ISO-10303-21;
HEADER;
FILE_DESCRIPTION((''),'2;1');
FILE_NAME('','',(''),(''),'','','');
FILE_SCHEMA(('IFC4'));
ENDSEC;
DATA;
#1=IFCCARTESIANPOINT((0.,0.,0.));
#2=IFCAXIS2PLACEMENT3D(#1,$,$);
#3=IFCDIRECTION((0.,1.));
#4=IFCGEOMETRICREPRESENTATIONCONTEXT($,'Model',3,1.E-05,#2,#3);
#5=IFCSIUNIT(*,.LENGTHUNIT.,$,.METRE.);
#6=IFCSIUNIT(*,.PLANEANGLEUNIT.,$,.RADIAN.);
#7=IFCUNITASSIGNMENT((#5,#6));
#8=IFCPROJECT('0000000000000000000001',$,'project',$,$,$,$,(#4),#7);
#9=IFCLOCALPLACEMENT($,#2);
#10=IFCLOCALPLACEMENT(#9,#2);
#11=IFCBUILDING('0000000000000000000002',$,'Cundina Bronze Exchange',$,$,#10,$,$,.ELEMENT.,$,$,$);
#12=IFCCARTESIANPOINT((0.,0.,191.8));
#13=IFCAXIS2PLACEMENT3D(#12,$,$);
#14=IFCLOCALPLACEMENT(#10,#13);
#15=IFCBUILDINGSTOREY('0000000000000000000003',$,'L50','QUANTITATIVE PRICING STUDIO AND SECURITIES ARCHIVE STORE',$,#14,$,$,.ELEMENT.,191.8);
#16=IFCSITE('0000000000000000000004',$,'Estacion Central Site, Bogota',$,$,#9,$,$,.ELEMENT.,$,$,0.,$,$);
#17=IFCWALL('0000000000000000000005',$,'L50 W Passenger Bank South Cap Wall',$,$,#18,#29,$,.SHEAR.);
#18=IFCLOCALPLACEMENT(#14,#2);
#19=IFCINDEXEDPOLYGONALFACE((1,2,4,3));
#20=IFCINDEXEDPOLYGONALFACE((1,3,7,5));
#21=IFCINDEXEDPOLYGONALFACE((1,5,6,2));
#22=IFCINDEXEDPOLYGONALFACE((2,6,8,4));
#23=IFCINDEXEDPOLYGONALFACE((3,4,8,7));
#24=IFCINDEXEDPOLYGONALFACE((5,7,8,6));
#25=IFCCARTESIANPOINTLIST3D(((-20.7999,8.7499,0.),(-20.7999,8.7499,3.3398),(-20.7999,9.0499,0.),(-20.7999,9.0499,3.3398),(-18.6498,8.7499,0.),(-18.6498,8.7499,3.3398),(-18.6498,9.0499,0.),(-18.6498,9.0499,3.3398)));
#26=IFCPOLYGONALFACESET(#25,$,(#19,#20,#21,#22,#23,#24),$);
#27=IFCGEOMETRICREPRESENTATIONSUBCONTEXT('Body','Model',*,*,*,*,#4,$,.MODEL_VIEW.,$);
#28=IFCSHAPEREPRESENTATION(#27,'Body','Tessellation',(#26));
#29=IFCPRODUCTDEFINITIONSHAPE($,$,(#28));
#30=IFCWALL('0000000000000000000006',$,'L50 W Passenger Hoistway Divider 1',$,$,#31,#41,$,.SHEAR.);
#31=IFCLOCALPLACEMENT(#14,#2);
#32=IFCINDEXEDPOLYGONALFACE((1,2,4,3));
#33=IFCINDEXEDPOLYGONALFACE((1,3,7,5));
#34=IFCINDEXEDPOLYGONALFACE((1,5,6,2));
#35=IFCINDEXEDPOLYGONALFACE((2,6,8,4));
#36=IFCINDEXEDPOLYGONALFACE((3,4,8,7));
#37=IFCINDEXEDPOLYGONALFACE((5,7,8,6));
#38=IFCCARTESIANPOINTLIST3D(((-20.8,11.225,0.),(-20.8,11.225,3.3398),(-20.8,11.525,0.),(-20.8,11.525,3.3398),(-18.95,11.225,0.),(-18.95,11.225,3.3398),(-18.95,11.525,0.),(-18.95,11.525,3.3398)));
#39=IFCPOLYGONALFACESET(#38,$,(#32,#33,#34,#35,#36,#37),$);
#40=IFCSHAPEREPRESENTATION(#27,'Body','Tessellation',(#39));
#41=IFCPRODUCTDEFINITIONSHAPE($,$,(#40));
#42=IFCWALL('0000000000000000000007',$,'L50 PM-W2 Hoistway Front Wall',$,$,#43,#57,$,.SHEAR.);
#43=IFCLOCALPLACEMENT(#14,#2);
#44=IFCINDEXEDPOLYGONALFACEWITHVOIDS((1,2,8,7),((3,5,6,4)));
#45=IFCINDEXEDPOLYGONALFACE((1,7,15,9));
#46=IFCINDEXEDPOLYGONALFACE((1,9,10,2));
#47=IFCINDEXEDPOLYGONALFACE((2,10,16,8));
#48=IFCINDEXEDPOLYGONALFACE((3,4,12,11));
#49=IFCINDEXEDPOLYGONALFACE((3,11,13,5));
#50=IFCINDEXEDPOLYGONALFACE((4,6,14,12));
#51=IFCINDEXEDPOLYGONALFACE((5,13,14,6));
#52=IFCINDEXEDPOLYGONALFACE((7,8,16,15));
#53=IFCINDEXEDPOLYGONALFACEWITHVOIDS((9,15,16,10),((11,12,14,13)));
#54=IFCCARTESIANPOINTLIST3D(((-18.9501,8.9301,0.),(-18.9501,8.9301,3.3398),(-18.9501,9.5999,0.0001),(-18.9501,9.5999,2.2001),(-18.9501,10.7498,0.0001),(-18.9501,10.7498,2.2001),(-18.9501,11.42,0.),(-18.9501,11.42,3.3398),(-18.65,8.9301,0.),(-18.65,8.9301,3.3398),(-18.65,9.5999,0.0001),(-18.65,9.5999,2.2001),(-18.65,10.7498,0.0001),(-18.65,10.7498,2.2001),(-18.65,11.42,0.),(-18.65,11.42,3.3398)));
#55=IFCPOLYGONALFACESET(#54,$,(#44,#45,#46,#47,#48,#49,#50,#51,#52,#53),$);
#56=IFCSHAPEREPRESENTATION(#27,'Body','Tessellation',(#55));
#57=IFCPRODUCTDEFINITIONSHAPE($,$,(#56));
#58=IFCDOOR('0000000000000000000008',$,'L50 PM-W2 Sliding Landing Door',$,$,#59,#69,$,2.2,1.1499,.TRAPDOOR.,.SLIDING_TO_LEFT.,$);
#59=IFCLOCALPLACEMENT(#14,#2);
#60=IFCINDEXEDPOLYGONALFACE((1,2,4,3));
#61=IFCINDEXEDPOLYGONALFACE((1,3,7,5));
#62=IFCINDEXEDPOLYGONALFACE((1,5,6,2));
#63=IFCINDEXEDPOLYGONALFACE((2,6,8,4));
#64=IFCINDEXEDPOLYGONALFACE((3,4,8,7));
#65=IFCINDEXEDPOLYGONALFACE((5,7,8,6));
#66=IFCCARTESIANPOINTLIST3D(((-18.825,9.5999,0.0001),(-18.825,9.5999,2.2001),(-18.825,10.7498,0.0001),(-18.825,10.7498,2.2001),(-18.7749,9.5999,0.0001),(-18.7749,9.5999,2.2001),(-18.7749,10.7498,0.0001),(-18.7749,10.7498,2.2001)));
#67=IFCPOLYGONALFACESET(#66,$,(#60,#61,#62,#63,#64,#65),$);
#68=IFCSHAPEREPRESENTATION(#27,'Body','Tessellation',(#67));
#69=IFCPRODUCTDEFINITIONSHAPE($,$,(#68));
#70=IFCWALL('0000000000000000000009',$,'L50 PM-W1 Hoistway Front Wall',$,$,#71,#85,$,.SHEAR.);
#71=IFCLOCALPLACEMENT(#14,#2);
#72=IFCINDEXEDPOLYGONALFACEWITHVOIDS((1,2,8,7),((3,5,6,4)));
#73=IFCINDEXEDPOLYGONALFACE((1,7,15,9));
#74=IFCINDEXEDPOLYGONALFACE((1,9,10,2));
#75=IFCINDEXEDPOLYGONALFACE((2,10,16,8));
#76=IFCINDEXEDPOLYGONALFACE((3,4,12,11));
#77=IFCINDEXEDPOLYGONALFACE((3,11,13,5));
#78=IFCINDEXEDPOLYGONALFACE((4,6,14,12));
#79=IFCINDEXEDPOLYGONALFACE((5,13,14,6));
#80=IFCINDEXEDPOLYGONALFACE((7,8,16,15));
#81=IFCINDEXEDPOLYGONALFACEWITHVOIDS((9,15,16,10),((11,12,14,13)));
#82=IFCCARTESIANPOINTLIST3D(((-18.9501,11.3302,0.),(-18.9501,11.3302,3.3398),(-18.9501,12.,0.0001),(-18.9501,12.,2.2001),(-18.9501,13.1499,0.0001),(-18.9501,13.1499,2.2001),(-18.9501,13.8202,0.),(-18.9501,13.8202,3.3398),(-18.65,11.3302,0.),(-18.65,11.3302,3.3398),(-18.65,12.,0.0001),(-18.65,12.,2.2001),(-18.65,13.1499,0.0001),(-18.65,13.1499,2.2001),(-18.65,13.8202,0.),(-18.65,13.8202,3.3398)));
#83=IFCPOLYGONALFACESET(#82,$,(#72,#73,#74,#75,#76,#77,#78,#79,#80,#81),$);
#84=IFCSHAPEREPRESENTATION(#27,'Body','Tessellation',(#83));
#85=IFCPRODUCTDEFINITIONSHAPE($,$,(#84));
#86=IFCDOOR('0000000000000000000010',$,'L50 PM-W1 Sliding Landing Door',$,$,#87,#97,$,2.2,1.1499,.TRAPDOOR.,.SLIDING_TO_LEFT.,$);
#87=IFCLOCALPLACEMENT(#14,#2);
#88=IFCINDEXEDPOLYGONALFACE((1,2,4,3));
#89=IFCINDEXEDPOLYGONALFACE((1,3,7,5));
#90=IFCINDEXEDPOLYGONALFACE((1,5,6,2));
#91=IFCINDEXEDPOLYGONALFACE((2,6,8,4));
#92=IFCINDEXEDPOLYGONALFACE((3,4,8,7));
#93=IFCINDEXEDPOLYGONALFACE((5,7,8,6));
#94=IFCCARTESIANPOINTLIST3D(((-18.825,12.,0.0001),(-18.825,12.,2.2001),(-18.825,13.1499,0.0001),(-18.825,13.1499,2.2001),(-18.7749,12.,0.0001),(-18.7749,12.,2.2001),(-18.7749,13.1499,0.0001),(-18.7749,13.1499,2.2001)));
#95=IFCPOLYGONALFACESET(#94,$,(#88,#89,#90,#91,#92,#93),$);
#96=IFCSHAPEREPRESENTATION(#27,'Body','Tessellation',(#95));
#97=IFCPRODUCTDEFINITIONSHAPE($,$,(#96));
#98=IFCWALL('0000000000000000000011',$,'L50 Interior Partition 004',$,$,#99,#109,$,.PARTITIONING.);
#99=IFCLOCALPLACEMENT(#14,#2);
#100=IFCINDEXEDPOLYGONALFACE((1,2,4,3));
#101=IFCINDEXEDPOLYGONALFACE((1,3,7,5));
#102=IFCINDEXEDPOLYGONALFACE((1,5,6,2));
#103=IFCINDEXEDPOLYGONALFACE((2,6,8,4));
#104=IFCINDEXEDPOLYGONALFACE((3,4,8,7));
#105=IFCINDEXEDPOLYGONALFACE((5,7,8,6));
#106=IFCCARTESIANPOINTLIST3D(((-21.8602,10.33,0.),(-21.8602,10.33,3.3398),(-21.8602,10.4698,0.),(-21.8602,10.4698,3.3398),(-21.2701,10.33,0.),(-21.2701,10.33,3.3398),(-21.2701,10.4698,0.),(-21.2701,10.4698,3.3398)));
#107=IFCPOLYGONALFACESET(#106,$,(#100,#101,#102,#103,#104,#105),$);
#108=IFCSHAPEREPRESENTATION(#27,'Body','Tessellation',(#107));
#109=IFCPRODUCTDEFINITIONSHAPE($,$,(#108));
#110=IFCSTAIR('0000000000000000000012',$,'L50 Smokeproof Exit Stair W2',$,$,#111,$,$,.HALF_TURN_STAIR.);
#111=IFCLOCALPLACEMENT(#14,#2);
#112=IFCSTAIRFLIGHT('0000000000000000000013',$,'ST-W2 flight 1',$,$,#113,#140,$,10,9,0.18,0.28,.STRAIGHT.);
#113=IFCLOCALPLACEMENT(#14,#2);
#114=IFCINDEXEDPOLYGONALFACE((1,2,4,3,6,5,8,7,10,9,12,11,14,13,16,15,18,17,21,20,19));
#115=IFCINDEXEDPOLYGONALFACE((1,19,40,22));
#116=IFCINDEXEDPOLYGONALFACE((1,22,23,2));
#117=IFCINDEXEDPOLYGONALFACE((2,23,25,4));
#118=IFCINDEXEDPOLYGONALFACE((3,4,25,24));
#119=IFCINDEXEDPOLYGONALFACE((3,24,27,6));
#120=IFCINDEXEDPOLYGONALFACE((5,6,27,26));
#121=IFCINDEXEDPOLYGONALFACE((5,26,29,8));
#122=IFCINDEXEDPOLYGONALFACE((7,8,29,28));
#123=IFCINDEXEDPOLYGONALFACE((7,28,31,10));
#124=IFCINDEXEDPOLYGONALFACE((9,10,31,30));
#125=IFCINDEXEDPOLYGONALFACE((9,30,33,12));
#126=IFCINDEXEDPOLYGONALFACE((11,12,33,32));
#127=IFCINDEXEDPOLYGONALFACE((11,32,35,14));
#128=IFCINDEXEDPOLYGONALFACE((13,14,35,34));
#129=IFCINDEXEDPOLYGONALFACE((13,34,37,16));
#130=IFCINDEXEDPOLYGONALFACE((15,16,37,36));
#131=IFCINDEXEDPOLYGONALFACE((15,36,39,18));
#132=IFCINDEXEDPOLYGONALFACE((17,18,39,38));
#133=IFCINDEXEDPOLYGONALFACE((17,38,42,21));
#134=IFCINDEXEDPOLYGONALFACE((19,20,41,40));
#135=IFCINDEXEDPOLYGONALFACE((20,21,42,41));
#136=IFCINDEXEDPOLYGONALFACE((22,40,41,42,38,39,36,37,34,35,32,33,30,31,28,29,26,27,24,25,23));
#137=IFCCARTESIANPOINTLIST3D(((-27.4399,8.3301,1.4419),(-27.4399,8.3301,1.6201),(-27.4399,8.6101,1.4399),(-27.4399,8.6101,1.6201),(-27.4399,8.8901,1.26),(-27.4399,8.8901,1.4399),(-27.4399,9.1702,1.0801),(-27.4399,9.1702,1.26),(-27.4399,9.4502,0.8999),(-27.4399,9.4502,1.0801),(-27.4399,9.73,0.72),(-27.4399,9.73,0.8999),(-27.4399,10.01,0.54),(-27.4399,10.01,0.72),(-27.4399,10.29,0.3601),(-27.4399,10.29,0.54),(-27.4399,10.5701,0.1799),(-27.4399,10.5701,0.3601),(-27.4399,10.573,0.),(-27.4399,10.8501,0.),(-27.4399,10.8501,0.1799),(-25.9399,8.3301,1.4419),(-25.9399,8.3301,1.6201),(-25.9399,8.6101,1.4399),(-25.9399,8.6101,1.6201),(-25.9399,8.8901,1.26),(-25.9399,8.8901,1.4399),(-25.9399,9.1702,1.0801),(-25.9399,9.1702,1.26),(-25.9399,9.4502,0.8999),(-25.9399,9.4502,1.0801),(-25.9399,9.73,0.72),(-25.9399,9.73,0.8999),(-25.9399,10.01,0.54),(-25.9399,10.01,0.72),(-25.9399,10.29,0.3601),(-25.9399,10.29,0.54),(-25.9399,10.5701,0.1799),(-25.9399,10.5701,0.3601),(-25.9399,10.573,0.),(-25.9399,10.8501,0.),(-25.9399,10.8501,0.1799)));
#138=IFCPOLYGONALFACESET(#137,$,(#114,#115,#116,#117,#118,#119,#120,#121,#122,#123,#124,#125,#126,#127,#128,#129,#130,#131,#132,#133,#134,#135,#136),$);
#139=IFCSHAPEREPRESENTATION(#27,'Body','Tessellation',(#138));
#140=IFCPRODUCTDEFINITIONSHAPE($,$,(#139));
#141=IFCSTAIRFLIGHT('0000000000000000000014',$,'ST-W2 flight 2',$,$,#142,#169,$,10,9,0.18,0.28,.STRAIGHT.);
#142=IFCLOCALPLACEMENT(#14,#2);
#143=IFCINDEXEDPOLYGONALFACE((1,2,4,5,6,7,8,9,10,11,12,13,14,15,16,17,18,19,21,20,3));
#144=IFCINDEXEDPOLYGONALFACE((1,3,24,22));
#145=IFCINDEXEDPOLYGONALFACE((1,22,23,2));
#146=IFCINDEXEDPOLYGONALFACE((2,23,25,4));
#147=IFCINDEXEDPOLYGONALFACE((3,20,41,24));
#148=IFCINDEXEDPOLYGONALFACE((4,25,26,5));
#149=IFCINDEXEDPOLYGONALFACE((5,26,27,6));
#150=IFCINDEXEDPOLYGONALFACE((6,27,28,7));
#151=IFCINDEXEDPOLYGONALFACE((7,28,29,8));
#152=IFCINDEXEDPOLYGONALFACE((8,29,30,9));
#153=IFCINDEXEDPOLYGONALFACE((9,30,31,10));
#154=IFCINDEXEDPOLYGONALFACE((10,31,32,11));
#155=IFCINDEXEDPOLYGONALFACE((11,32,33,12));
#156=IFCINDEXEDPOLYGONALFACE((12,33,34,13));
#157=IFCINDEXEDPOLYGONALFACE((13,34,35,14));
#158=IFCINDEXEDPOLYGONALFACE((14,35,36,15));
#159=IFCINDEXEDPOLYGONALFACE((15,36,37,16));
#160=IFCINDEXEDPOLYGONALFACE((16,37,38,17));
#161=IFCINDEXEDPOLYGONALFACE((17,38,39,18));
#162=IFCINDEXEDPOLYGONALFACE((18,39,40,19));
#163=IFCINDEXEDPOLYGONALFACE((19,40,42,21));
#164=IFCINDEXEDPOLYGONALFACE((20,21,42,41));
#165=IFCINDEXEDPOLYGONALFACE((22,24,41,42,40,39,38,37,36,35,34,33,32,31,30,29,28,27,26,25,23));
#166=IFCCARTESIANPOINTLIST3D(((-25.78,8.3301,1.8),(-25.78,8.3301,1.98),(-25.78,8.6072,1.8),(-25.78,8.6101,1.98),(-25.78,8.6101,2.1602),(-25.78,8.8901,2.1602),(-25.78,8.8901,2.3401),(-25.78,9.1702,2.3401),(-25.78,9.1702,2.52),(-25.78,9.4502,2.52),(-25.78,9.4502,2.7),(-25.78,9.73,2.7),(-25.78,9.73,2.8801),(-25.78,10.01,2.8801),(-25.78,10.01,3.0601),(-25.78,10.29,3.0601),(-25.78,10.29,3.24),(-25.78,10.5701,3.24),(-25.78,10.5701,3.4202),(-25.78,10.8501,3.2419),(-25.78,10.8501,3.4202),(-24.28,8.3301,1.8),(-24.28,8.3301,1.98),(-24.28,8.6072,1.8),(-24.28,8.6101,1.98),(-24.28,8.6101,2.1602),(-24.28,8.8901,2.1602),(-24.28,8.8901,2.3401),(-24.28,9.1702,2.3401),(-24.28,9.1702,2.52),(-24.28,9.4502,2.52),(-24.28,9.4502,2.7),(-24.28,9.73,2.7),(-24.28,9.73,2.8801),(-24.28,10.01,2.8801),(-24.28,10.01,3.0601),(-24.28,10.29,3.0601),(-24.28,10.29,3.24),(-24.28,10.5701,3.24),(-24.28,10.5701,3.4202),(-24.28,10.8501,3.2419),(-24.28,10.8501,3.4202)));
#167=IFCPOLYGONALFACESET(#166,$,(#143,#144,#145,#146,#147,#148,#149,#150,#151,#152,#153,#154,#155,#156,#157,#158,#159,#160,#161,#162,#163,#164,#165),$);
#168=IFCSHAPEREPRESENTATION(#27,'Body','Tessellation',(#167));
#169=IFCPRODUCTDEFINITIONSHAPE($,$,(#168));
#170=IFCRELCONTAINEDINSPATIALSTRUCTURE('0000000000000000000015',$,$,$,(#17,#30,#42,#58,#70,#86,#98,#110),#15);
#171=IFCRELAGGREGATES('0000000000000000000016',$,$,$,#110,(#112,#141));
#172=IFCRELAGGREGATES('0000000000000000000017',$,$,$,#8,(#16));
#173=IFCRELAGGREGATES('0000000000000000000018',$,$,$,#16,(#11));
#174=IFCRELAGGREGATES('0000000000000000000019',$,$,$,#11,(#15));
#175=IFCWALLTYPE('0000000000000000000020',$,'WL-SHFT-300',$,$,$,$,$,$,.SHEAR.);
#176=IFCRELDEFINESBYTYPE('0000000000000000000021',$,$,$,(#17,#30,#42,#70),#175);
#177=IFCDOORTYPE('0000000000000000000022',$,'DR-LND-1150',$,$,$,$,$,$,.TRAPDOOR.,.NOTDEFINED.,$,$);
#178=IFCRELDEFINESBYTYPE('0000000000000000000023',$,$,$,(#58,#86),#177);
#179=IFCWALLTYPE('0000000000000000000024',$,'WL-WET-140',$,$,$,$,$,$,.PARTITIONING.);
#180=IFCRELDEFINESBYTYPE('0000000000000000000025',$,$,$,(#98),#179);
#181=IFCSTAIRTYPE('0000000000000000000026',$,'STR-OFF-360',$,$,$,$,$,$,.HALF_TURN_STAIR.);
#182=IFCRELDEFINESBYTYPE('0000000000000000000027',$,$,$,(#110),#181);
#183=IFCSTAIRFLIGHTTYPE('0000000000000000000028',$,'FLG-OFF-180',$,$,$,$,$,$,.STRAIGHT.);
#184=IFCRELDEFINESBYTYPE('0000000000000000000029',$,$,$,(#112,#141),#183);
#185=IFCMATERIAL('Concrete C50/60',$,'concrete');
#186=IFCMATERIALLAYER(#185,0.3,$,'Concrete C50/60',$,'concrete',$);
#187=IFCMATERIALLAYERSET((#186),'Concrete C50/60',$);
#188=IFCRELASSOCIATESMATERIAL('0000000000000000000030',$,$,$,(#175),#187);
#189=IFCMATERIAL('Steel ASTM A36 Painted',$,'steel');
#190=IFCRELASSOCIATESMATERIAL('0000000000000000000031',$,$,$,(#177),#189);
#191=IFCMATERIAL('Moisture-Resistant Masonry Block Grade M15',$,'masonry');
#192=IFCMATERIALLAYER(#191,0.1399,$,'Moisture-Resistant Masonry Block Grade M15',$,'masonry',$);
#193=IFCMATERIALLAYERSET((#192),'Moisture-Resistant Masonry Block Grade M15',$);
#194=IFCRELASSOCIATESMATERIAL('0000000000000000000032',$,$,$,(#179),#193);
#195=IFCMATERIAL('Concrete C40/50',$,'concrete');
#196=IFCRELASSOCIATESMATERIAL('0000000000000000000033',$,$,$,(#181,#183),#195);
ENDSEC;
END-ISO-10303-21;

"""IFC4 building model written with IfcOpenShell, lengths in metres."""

from ifc_helpers import new_model, si_unit, direction, frame, frame_2d, origin, place, context, subcontext, project, spatial, polyline, rectangle, outline, extrude, material, layer, layer_set, type_object, element, fill, aggregate, save


model = new_model("IFC4")

# Units and contexts
model_context = context("Model", 3, precision=1e-05, world=origin(), true_north=direction((0.0, 1.0)))
body_context = subcontext(model_context, "Body", "Model", "MODEL_VIEW")
ifc_project = project(units=[si_unit("LENGTHUNIT", "METRE"), si_unit("PLANEANGLEUNIT", "RADIAN")], contexts=[model_context])

# Site, building, storey
site_placement = place(None, origin())
site = spatial("IfcSite", under=ifc_project, at=site_placement, Name="Estacion Central Site, Bogota", CompositionType="ELEMENT", RefElevation=0.0)
building_placement = place(site_placement, origin())
building = spatial("IfcBuilding", under=site, at=building_placement, Name="Cundina Bronze Exchange", CompositionType="ELEMENT")
storey_placement = place(building_placement, frame((0.0, 0.0, 191.8)))
storey = spatial("IfcBuildingStorey", under=building, at=storey_placement, Name="L50", Description="QUANTITATIVE PRICING STUDIO AND SECURITIES ARCHIVE STORE", CompositionType="ELEMENT", Elevation=191.8)

# Shared definitions
ifc_material_1 = material(Name="Concrete C50/60", Category="concrete")

# Shared definitions
ifc_layer_1 = layer(ifc_material_1, 0.3, Name="Concrete C50/60", Category="concrete")
ifc_layer_set_1 = layer_set([ifc_layer_1], Name="Concrete C50/60")
wall_type_1 = type_object("IfcWallType", Name="WL-SHFT-300", PredefinedType="SHEAR", material=ifc_layer_set_1)
ifc_material_2 = material(Name="Steel ASTM A36 Painted", Category="steel")
door_type_1 = type_object("IfcDoorType", Name="DR-LND-1150", OperationType="NOTDEFINED", PredefinedType="TRAPDOOR", material=ifc_material_2)

# Walls
wall_1_placement = place(storey_placement, frame((-20.8, 8.8999, 0.0), z_axis=(0.0, 0.0, 1.0), x_axis=(1.0, 0.0, 0.0)))
element("IfcWall", 1, at=wall_1_placement, inside=storey, type_object=wall_type_1, Name="L50 W Passenger Bank South Cap Wall", PredefinedType="SHEAR", context=body_context, shape_type="SweptSolid", body=[
    extrude(rectangle(XDim=2.1501, YDim=0.3, at=frame_2d((1.0752, 0.0))), origin(), (0.0, 0.0, 1.0), 3.3398),
])
wall_2_placement = place(storey_placement, frame((-20.8, 11.375, 0.0), z_axis=(0.0, 0.0, 1.0), x_axis=(1.0, 0.0, 0.0)))
element("IfcWall", 2, at=wall_2_placement, inside=storey, type_object=wall_type_1, Name="L50 W Passenger Hoistway Divider 1", PredefinedType="SHEAR", context=body_context, shape_type="SweptSolid", body=[
    extrude(rectangle(XDim=1.8501, YDim=0.3, at=frame_2d((0.925, 0.0))), origin(), (0.0, 0.0, 1.0), 3.3398),
])

# Walls, openings, doors
wall_3_placement = place(storey_placement, frame((-18.8, 8.9299, 0.0), z_axis=(0.0, 0.0, 1.0), x_axis=(0.0, 1.0, 0.0)))
wall_3 = element("IfcWall", 3, at=wall_3_placement, inside=storey, type_object=wall_type_1, Name="L50 PM-W2 Hoistway Front Wall", PredefinedType="SHEAR", context=body_context, shape_type="SweptSolid", body=[
    extrude(rectangle(XDim=2.49, YDim=0.3, at=frame_2d((1.2451, 0.0))), origin(), (0.0, 0.0, 1.0), 3.3398),
])
opening_1_placement = place(wall_3_placement, frame((0.6699, 0.0, 0.0)))
opening_1 = element("IfcOpeningElement", 4, at=opening_1_placement, cuts=wall_3, PredefinedType="OPENING", context=body_context, shape_type="SweptSolid", body=[
    extrude(rectangle(XDim=1.1499, YDim=2.2, at=frame_2d((0.575, 1.1001))), frame((0.0, 0.1599, 0.0), z_axis=(0.0, -1.0, 0.0), x_axis=(1.0, 0.0, 0.0)), (0.0, 0.0, 1.0), 0.3201),
])
door_1_placement = place(opening_1_placement, origin())
door_1 = element("IfcDoor", 5, at=door_1_placement, inside=storey, type_object=door_type_1, Name="L50 PM-W2 Sliding Landing Door", OperationType="SLIDING_TO_LEFT", OverallHeight=2.2, OverallWidth=1.1499, PredefinedType="TRAPDOOR", context=body_context, shape_type="SweptSolid", body=[
    extrude(rectangle(XDim=1.1499, YDim=2.2, at=frame_2d((0.575, 1.1001))), frame((0.0, 0.0249, 0.0), z_axis=(0.0, -1.0, 0.0), x_axis=(1.0, 0.0, 0.0)), (0.0, 0.0, 1.0), 0.05),
])
fill(opening_1, door_1)
wall_4_placement = place(storey_placement, frame((-18.8, 11.3301, 0.0), z_axis=(0.0, 0.0, 1.0), x_axis=(0.0, 1.0, 0.0)))
wall_4 = element("IfcWall", 6, at=wall_4_placement, inside=storey, type_object=wall_type_1, Name="L50 PM-W1 Hoistway Front Wall", PredefinedType="SHEAR", context=body_context, shape_type="SweptSolid", body=[
    extrude(rectangle(XDim=2.49, YDim=0.3, at=frame_2d((1.2451, 0.0))), origin(), (0.0, 0.0, 1.0), 3.3398),
])
opening_2_placement = place(wall_4_placement, frame((0.6699, 0.0, 0.0)))
opening_2 = element("IfcOpeningElement", 7, at=opening_2_placement, cuts=wall_4, PredefinedType="OPENING", context=body_context, shape_type="SweptSolid", body=[
    extrude(rectangle(XDim=1.1499, YDim=2.2, at=frame_2d((0.575, 1.1001))), frame((0.0, 0.1599, 0.0), z_axis=(0.0, -1.0, 0.0), x_axis=(1.0, 0.0, 0.0)), (0.0, 0.0, 1.0), 0.3201),
])
door_2_placement = place(opening_2_placement, origin())
door_2 = element("IfcDoor", 8, at=door_2_placement, inside=storey, type_object=door_type_1, Name="L50 PM-W1 Sliding Landing Door", OperationType="SLIDING_TO_LEFT", OverallHeight=2.2, OverallWidth=1.1499, PredefinedType="TRAPDOOR", context=body_context, shape_type="SweptSolid", body=[
    extrude(rectangle(XDim=1.1499, YDim=2.2, at=frame_2d((0.575, 1.1001))), frame((0.0, 0.0249, 0.0), z_axis=(0.0, -1.0, 0.0), x_axis=(1.0, 0.0, 0.0)), (0.0, 0.0, 1.0), 0.05),
])
fill(opening_2, door_2)

# Wall
ifc_material_3 = material(Name="Moisture-Resistant Masonry Block Grade M15", Category="masonry")
ifc_layer_2 = layer(ifc_material_3, 0.1399, Name="Moisture-Resistant Masonry Block Grade M15", Category="masonry")
ifc_layer_set_2 = layer_set([ifc_layer_2], Name="Moisture-Resistant Masonry Block Grade M15")
wall_type_2 = type_object("IfcWallType", Name="WL-WET-140", PredefinedType="PARTITIONING", material=ifc_layer_set_2)
wall_5_placement = place(storey_placement, frame((-21.8601, 10.3999, 0.0), z_axis=(0.0, 0.0, 1.0), x_axis=(1.0, 0.0, 0.0)))
element("IfcWall", 9, at=wall_5_placement, inside=storey, type_object=wall_type_2, Name="L50 Interior Partition 004", PredefinedType="PARTITIONING", context=body_context, shape_type="SweptSolid", body=[
    extrude(rectangle(XDim=0.5901, YDim=0.1399, at=frame_2d((0.2949, 0.0))), origin(), (0.0, 0.0, 1.0), 3.3398),
])

# Stair, stair flights
ifc_material_4 = material(Name="Concrete C40/50", Category="concrete")
stair_type = type_object("IfcStairType", Name="STR-OFF-360", PredefinedType="HALF_TURN_STAIR", material=ifc_material_4)
stair_placement = place(storey_placement, origin())
stair = element("IfcStair", 10, at=stair_placement, inside=storey, type_object=stair_type, Name="L50 Smokeproof Exit Stair W2", PredefinedType="HALF_TURN_STAIR")
stair_flight_type = type_object("IfcStairFlightType", Name="FLG-OFF-180", PredefinedType="STRAIGHT", material=ifc_material_4)
stair_flight_1_placement = place(storey_placement, frame((-26.6899, 10.8501, 0.0), z_axis=(0.0, 0.0, 1.0), x_axis=(0.0, -1.0, 0.0)))
stair_flight_1 = element("IfcStairFlight", 11, at=stair_flight_1_placement, type_object=stair_flight_type, Name="ST-W2 flight 1", NumberOfRisers=10, NumberOfTreads=9, PredefinedType="STRAIGHT", RiserHeight=0.18, TreadLength=0.28, context=body_context, shape_type="SweptSolid", body=[
    extrude(outline(polyline([(0.0, 0.0), (0.0, 0.1799), (0.28, 0.1799), (0.28, 0.3601), (0.5601, 0.3601), (0.5601, 0.54), (0.8401, 0.54), (0.8401, 0.72), (1.1201, 0.72), (1.1201, 0.8999), (1.3999, 0.8999), (1.3999, 1.0801), (1.6799, 1.0801), (1.6799, 1.26), (1.96, 1.26), (1.96, 1.4399), (2.24, 1.4399), (2.24, 1.6201), (2.52, 1.6201), (2.52, 1.8), (2.52, 1.4419), (0.2771, 0.0), (0.0, 0.0)])), frame((0.0, 0.75, 0.0), z_axis=(0.0, -1.0, 0.0), x_axis=(1.0, 0.0, 0.0)), (0.0, 0.0, 1.0), 1.5),
])
stair_flight_2_placement = place(storey_placement, frame((-25.03, 8.3301, 1.8), z_axis=(0.0, 0.0, 1.0), x_axis=(0.0, 1.0, 0.0)))
stair_flight_2 = element("IfcStairFlight", 12, at=stair_flight_2_placement, type_object=stair_flight_type, Name="ST-W2 flight 2", NumberOfRisers=10, NumberOfTreads=9, PredefinedType="STRAIGHT", RiserHeight=0.18, TreadLength=0.28, context=body_context, shape_type="SweptSolid", body=[
    extrude(outline(polyline([(0.0, 0.0), (0.0, 0.1799), (0.28, 0.1799), (0.28, 0.3601), (0.5601, 0.3601), (0.5601, 0.54), (0.8401, 0.54), (0.8401, 0.72), (1.1201, 0.72), (1.1201, 0.8999), (1.3999, 0.8999), (1.3999, 1.0801), (1.6799, 1.0801), (1.6799, 1.26), (1.96, 1.26), (1.96, 1.4399), (2.24, 1.4399), (2.24, 1.6201), (2.52, 1.6201), (2.52, 1.8), (2.52, 1.4419), (0.2771, 0.0), (0.0, 0.0)])), frame((0.0, 0.75, 0.0), z_axis=(0.0, -1.0, 0.0), x_axis=(1.0, 0.0, 0.0)), (0.0, 0.0, 1.0), 1.5),
])
aggregate(stair, [stair_flight_1, stair_flight_2])

save(model, "model.ifc")
